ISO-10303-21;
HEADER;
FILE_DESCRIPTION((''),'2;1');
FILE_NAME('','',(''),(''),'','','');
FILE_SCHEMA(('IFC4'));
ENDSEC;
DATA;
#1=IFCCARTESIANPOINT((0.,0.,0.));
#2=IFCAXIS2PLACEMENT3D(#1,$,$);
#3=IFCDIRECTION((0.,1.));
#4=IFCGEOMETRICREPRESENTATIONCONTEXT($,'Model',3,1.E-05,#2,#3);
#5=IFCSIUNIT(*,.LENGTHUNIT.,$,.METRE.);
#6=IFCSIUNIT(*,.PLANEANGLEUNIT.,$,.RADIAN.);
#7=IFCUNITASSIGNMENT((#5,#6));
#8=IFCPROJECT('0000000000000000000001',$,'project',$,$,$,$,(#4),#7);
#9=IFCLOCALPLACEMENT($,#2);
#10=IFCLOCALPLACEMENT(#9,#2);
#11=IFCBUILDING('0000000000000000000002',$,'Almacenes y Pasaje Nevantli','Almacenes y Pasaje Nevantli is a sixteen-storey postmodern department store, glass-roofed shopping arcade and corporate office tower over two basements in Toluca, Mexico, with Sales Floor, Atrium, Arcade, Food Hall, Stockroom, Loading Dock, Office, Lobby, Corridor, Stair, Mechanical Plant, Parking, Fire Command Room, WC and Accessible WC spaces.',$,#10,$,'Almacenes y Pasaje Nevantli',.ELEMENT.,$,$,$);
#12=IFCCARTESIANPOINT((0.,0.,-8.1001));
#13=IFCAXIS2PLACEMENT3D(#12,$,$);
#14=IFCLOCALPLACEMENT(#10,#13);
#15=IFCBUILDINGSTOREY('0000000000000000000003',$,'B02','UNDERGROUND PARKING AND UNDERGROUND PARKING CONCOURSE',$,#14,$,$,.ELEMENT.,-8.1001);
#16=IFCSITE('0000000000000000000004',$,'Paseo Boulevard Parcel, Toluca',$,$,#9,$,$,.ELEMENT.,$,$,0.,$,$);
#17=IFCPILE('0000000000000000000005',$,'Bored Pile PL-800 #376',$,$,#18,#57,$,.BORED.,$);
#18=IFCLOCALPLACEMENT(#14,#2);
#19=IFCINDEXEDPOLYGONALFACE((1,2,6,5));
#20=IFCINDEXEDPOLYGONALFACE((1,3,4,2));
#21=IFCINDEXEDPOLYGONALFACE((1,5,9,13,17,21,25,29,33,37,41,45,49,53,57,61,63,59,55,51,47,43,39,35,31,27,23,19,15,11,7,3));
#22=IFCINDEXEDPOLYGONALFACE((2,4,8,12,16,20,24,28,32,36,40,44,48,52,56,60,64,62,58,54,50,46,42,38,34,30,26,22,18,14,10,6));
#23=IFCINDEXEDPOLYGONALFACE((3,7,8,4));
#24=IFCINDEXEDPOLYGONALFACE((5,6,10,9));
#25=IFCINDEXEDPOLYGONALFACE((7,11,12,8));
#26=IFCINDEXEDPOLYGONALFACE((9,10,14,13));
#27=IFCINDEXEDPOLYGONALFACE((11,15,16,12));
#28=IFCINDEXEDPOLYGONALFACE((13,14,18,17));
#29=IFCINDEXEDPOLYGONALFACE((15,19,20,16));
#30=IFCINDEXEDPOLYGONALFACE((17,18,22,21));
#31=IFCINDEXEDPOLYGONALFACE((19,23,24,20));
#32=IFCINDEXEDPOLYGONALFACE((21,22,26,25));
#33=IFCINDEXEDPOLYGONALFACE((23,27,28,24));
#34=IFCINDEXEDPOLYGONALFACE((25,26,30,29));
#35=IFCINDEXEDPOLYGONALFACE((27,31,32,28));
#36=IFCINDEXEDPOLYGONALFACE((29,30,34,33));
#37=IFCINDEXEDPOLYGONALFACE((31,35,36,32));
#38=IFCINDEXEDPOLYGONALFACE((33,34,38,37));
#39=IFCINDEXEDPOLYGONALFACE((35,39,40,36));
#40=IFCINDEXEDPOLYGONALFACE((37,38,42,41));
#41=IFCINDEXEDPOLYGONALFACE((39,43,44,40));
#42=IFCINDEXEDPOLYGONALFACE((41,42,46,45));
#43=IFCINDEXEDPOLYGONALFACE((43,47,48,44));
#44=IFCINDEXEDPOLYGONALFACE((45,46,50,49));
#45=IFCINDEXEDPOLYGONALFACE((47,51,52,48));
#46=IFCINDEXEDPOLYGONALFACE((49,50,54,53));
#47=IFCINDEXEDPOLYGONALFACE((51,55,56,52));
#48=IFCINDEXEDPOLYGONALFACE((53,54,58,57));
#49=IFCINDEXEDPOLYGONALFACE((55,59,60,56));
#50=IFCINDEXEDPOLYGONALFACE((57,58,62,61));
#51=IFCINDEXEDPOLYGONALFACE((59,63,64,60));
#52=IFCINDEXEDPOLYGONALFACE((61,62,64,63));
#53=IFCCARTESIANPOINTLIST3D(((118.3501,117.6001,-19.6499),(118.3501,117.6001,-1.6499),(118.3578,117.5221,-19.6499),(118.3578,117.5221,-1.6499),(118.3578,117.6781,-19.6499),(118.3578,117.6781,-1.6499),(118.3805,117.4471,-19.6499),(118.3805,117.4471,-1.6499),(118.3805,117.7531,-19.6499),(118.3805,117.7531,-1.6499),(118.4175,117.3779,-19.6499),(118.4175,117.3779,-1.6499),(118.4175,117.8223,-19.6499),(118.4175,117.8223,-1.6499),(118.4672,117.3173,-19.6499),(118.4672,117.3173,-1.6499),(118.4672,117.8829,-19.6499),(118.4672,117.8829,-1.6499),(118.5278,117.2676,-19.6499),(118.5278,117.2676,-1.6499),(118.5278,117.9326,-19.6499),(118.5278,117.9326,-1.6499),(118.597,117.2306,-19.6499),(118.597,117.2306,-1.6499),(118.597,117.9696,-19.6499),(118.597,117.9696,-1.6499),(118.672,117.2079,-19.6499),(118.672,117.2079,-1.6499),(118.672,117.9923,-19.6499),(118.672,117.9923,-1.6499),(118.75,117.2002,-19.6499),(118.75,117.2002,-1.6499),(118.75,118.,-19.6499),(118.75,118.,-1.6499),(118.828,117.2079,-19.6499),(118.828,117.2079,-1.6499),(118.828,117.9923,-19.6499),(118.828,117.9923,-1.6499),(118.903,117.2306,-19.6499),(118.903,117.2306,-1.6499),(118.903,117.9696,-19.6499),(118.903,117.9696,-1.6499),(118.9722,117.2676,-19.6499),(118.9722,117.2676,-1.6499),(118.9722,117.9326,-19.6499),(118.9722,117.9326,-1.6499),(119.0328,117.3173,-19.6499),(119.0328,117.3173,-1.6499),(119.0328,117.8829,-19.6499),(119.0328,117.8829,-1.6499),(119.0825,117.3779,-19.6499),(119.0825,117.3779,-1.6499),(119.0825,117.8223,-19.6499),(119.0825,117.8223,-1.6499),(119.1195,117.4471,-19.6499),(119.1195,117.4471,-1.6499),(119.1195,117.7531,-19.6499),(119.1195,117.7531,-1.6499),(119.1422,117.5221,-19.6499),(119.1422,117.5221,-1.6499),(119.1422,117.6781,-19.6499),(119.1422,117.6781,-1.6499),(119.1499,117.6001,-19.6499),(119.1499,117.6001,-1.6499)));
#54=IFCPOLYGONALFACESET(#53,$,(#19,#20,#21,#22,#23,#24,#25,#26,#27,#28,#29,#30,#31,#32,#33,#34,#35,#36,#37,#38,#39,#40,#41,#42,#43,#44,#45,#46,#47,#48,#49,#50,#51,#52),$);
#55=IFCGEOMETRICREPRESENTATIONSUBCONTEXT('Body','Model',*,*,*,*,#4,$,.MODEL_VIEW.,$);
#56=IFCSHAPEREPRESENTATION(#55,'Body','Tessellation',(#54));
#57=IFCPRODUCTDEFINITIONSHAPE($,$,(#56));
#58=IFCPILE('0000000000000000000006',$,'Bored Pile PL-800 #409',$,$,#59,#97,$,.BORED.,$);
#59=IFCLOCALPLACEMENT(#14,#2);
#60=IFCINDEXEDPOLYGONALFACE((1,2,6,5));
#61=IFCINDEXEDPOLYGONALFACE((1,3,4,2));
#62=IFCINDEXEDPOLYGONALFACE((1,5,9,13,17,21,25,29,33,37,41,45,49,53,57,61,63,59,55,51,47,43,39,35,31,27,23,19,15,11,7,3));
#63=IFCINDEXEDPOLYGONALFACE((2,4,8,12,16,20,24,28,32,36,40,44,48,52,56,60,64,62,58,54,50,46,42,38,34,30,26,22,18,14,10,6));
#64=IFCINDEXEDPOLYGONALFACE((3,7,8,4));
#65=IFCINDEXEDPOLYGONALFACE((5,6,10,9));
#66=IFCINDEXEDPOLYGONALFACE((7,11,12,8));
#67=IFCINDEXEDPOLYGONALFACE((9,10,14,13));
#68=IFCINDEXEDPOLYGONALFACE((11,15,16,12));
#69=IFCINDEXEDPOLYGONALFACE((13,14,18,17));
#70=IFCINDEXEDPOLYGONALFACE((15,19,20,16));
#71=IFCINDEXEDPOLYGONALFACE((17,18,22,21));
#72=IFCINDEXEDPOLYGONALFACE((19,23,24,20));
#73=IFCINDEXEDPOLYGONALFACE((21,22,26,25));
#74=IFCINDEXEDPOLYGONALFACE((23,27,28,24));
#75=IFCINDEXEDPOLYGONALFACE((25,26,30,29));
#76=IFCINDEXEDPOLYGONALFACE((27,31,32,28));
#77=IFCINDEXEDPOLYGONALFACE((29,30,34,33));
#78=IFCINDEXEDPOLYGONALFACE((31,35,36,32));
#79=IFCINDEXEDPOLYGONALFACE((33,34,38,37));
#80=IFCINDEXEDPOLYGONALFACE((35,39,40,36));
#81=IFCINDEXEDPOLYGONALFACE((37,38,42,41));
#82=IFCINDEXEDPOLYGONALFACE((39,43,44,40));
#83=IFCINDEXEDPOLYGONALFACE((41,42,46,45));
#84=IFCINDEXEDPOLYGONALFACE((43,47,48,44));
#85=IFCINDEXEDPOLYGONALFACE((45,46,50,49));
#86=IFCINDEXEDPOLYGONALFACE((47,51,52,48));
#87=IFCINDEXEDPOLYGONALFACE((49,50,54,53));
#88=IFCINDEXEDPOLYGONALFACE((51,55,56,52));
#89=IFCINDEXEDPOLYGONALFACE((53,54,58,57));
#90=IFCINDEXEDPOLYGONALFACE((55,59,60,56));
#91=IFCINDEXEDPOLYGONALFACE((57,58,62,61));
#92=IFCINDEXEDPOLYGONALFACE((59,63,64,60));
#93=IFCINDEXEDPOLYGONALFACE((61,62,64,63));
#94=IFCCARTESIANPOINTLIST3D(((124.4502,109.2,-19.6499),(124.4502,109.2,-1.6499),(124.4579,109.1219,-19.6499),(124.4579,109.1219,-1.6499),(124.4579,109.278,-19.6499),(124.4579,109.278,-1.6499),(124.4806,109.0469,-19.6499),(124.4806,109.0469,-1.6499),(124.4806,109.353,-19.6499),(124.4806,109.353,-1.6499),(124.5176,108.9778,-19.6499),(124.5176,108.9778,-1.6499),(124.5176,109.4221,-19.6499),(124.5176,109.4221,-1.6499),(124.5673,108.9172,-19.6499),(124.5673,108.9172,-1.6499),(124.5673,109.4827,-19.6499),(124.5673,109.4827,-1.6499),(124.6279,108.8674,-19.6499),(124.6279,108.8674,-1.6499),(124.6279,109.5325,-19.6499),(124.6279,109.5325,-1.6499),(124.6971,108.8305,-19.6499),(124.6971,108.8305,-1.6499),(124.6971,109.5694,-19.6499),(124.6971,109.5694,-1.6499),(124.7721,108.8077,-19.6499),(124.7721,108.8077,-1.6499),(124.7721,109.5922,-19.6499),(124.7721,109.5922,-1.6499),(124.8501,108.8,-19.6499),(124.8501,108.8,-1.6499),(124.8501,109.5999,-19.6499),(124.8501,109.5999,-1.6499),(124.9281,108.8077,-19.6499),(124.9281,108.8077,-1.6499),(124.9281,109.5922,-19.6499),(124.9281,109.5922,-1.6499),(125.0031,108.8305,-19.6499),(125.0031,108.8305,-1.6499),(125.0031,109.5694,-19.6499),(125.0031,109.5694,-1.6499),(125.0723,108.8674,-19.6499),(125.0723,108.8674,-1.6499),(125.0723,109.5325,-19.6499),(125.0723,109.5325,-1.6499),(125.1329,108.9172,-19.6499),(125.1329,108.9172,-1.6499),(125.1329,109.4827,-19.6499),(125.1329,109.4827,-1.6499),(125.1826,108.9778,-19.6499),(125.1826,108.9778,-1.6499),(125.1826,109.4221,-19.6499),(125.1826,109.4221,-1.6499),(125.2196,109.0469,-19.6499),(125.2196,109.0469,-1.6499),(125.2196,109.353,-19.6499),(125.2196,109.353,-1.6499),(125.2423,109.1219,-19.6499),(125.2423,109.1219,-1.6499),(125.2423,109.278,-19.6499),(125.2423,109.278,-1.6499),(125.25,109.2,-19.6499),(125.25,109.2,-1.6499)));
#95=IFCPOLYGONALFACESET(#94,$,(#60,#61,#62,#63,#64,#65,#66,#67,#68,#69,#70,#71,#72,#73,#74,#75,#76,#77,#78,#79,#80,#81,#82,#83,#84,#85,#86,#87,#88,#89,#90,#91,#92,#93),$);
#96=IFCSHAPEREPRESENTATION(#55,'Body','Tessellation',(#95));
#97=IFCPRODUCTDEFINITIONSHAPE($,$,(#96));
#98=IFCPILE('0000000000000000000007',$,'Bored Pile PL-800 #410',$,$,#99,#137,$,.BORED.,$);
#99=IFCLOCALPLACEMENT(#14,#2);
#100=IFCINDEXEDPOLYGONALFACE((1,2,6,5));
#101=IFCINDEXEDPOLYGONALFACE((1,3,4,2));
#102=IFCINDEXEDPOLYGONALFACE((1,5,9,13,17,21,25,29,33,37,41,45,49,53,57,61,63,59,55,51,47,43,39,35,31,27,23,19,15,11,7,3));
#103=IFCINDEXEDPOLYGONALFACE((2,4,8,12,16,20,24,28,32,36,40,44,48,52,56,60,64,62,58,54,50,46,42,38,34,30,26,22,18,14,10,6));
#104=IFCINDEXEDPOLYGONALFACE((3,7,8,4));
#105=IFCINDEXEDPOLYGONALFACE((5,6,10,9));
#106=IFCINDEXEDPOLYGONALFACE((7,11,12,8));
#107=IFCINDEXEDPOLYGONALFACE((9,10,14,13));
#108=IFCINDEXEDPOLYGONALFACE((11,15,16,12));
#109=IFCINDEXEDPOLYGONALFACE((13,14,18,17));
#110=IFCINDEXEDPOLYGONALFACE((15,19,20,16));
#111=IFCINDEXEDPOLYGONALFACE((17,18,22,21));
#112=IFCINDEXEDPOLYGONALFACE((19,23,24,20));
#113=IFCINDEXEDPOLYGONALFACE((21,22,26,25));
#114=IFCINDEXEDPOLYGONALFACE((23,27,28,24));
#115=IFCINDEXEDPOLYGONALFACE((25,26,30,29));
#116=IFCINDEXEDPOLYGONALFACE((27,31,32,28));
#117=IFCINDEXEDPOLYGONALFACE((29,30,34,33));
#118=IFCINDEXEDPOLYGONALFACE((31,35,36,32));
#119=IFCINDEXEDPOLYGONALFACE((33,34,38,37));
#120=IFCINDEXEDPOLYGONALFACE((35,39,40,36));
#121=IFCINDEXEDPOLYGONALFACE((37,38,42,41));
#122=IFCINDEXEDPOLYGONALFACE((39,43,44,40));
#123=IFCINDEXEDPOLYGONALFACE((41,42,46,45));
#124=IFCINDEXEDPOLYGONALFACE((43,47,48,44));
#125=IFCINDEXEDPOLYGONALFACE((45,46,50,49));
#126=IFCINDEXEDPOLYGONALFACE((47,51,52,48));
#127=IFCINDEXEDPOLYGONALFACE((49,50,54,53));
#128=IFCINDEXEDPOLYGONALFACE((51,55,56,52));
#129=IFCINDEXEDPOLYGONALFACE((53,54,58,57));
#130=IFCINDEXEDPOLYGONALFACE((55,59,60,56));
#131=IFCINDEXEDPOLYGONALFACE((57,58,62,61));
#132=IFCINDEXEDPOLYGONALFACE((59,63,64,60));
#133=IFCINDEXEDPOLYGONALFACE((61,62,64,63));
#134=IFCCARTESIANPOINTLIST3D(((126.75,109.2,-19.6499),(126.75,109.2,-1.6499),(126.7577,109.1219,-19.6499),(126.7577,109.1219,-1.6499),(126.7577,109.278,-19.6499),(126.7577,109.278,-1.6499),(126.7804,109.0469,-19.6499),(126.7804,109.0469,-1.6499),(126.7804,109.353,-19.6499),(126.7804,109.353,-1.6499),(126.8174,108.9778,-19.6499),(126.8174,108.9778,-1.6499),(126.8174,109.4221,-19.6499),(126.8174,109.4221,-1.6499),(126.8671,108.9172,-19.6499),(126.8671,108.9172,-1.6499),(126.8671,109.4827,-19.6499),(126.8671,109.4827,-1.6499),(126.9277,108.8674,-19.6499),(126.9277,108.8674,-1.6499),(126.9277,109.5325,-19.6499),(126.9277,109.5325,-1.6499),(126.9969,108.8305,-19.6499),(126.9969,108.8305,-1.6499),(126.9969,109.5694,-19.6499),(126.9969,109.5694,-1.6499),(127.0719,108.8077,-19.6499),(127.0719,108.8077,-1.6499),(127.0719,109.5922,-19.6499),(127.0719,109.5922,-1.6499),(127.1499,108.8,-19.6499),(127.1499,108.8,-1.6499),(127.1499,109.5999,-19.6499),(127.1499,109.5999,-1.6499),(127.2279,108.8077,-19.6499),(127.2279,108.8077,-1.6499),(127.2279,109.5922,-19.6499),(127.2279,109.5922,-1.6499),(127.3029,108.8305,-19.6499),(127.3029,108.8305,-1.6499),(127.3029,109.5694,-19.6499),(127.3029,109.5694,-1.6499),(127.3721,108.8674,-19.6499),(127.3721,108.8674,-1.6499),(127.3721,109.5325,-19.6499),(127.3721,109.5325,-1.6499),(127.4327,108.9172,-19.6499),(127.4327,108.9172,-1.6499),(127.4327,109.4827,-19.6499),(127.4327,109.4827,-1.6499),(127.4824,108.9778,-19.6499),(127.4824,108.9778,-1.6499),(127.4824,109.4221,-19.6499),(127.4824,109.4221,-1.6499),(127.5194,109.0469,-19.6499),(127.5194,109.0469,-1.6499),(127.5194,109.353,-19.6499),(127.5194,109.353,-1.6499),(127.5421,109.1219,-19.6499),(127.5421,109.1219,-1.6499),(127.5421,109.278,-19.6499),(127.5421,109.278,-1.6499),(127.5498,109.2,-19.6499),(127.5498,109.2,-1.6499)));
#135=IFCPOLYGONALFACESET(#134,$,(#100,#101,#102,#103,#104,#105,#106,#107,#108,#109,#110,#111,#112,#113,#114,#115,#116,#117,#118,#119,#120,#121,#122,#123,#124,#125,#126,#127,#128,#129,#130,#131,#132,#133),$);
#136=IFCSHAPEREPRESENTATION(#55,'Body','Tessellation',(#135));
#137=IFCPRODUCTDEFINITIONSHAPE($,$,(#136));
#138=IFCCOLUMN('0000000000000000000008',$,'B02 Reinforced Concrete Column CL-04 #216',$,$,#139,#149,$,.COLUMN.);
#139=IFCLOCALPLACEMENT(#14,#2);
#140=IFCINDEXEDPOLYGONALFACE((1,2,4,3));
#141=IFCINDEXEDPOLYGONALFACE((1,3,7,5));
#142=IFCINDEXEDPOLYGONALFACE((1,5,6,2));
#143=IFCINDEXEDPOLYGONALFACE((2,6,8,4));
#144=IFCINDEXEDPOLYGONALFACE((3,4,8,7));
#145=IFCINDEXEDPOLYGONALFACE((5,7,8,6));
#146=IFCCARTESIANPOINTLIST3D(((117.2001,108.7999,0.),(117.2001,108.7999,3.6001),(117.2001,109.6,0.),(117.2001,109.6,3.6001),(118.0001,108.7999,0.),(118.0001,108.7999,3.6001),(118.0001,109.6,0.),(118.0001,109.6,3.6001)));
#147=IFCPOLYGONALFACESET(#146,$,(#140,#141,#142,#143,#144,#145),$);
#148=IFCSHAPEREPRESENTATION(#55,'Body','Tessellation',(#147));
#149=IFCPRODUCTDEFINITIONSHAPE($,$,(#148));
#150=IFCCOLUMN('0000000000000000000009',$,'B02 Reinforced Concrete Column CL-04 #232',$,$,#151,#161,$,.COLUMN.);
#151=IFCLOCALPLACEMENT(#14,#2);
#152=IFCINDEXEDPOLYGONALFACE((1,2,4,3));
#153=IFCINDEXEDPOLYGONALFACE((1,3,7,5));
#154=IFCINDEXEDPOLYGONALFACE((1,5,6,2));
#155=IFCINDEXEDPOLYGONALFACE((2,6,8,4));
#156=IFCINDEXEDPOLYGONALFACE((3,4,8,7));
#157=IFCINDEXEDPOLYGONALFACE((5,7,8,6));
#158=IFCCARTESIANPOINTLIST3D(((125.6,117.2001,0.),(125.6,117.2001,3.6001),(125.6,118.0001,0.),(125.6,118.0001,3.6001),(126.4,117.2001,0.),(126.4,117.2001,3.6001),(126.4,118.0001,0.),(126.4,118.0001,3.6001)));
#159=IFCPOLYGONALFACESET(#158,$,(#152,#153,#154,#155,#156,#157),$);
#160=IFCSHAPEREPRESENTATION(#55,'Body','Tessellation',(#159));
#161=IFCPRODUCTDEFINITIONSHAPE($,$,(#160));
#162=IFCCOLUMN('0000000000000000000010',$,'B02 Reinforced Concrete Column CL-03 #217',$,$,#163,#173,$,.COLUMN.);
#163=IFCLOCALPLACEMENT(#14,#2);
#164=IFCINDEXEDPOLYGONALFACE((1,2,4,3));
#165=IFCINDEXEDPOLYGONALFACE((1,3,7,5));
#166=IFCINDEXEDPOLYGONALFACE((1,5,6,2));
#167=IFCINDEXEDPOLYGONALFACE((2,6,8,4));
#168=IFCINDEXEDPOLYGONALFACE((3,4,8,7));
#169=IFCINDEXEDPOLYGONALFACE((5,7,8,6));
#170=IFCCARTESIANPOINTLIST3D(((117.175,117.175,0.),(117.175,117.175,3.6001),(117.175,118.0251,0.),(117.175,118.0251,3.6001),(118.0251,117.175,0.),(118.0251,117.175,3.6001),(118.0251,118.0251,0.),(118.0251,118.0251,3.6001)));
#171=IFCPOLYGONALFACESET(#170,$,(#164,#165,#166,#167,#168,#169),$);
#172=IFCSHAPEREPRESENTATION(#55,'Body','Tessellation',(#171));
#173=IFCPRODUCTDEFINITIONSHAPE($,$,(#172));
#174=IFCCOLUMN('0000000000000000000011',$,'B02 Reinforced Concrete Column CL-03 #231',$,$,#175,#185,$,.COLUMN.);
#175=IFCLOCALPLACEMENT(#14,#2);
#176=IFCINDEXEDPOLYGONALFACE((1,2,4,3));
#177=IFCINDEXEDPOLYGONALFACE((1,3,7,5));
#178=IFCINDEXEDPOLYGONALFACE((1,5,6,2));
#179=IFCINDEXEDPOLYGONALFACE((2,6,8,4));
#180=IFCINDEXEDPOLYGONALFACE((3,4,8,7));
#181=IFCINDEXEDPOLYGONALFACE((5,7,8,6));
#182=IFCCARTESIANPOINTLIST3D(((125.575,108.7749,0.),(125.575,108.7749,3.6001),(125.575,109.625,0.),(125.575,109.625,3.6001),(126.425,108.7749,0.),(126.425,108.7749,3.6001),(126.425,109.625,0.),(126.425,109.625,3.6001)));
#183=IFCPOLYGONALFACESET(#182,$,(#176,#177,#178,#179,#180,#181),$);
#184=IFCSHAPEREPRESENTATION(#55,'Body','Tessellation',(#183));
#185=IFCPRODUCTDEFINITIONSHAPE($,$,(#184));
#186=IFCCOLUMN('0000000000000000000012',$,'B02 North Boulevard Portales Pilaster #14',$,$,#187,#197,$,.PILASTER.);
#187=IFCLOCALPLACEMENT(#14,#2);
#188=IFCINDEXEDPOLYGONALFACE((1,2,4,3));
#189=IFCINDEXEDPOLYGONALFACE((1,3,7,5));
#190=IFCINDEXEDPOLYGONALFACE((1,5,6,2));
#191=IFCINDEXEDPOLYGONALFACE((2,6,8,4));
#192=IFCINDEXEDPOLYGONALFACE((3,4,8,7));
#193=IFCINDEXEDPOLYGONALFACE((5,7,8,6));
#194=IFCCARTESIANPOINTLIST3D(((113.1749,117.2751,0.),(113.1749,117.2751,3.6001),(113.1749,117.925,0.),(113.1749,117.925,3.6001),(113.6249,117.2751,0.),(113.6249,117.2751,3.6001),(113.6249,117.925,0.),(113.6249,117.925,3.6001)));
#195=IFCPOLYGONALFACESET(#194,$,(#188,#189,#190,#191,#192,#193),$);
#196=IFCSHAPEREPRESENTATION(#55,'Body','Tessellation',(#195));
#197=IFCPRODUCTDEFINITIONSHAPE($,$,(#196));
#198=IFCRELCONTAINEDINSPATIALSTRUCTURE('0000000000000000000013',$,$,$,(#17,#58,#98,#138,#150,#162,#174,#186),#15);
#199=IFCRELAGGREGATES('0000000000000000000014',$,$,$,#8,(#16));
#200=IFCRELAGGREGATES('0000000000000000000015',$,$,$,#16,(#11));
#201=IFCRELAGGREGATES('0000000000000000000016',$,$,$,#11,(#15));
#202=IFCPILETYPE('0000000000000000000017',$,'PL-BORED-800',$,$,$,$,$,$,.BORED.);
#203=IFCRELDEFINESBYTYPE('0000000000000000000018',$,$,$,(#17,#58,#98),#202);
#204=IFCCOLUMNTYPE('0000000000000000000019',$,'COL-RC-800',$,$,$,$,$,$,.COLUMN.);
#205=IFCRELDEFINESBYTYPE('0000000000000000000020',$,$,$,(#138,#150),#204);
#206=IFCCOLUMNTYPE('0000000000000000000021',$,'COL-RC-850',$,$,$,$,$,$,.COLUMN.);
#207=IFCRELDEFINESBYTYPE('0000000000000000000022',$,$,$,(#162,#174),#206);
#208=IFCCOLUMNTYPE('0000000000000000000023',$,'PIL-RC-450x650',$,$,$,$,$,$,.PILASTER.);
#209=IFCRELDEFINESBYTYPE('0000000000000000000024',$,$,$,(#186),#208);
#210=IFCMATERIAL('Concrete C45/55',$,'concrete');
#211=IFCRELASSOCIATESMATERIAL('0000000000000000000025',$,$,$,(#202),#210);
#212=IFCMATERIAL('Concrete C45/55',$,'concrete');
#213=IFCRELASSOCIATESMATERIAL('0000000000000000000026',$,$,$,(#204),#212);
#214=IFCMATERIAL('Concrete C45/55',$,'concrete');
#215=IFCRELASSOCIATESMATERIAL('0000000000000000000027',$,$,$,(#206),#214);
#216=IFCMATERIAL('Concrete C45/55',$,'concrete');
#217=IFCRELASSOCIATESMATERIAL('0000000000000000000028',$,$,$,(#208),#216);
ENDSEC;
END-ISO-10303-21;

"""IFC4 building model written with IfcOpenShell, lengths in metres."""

from ifc_helpers import new_model, si_unit, direction, frame, origin, origin_2d, place, context, subcontext, project, spatial, rectangle, circle, extrude, material, material_profile, profile_set, type_object, element, save


model = new_model("IFC4")

# Units and contexts
model_context = context("Model", 3, precision=1e-05, world=origin(), true_north=direction((0.0, 1.0)))
body_context = subcontext(model_context, "Body", "Model", "MODEL_VIEW")
ifc_project = project(units=[si_unit("LENGTHUNIT", "METRE"), si_unit("PLANEANGLEUNIT", "RADIAN")], contexts=[model_context])

# Site, building, storey
site_placement = place(None, origin())
site = spatial("IfcSite", under=ifc_project, at=site_placement, Name="Paseo Boulevard Parcel, Toluca", CompositionType="ELEMENT", RefElevation=0.0)
building_placement = place(site_placement, origin())
building = spatial("IfcBuilding", under=site, at=building_placement, Name="Almacenes y Pasaje Nevantli", Description="Almacenes y Pasaje Nevantli is a sixteen-storey postmodern department store, glass-roofed shopping arcade and corporate office tower over two basements in Toluca, Mexico, with Sales Floor, Atrium, Arcade, Food Hall, Stockroom, Loading Dock, Office, Lobby, Corridor, Stair, Mechanical Plant, Parking, Fire Command Room, WC and Accessible WC spaces.", LongName="Almacenes y Pasaje Nevantli", CompositionType="ELEMENT")
storey_placement = place(building_placement, frame((0.0, 0.0, -8.1001)))
storey = spatial("IfcBuildingStorey", under=building, at=storey_placement, Name="B02", Description="UNDERGROUND PARKING AND UNDERGROUND PARKING CONCOURSE", CompositionType="ELEMENT", Elevation=-8.1001)

# Piles
ifc_material_1 = material(Name="Concrete C45/55", Category="concrete")
ifc_material_profile_1 = material_profile(ifc_material_1, circle(Radius=0.3999, at=origin_2d()), Name="RC-PILE-D800")
ifc_profile_set_1 = profile_set([ifc_material_profile_1], Name="Concrete C45/55")
pile_type_1 = type_object("IfcPileType", Name="PL-BORED-800", PredefinedType="BORED", material=ifc_profile_set_1)
for number, where, z_axis, x_axis, name in (
    (1, (118.75, 117.6001, -1.6499), (0.0, 0.0, -1.0), (1.0, 0.0, 0.0), "Bored Pile PL-800 #376"),
    (2, (124.8501, 109.2, -1.6499), (0.0, 0.0, -1.0), (1.0, 0.0, 0.0), "Bored Pile PL-800 #409"),
    (3, (127.1499, 109.2, -1.6499), (0.0, 0.0, -1.0), (1.0, 0.0, 0.0), "Bored Pile PL-800 #410"),
):
    element("IfcPile", number, at=place(storey_placement, frame(where, z_axis=z_axis, x_axis=x_axis)), inside=storey, type_object=pile_type_1, Name=name, PredefinedType="BORED", context=body_context, shape_type="SweptSolid", body=[
        extrude(circle(Radius=0.3999, at=origin_2d()), origin(), (0.0, 0.0, 1.0), 18.0),
    ])

# Columns
ifc_material_2 = material(Name="Concrete C45/55", Category="concrete")
ifc_material_profile_2 = material_profile(ifc_material_2, rectangle(XDim=0.8, YDim=0.8, at=origin_2d()), Name="RC-COL-800x800")
ifc_profile_set_2 = profile_set([ifc_material_profile_2], Name="Concrete C45/55")
column_type_1 = type_object("IfcColumnType", Name="COL-RC-800", PredefinedType="COLUMN", material=ifc_profile_set_2)
for number, where, z_axis, x_axis, name in (
    (4, (117.6001, 109.2, 0.0), (0.0, 0.0, 1.0), (1.0, 0.0, 0.0), "B02 Reinforced Concrete Column CL-04 #216"),
    (5, (126.0, 117.6001, 0.0), (0.0, 0.0, 1.0), (1.0, 0.0, 0.0), "B02 Reinforced Concrete Column CL-04 #232"),
):
    element("IfcColumn", number, at=place(storey_placement, frame(where, z_axis=z_axis, x_axis=x_axis)), inside=storey, type_object=column_type_1, Name=name, PredefinedType="COLUMN", context=body_context, shape_type="SweptSolid", body=[
        extrude(rectangle(XDim=0.8, YDim=0.8, at=origin_2d()), origin(), (0.0, 0.0, 1.0), 3.6001),
    ])
ifc_material_3 = material(Name="Concrete C45/55", Category="concrete")
ifc_material_profile_3 = material_profile(ifc_material_3, rectangle(XDim=0.8501, YDim=0.8501, at=origin_2d()), Name="RC-COL-850x850")
ifc_profile_set_3 = profile_set([ifc_material_profile_3], Name="Concrete C45/55")
column_type_2 = type_object("IfcColumnType", Name="COL-RC-850", PredefinedType="COLUMN", material=ifc_profile_set_3)
for number, where, z_axis, x_axis, name in (
    (6, (117.6001, 117.6001, 0.0), (0.0, 0.0, 1.0), (1.0, 0.0, 0.0), "B02 Reinforced Concrete Column CL-03 #217"),
    (7, (126.0, 109.2, 0.0), (0.0, 0.0, 1.0), (1.0, 0.0, 0.0), "B02 Reinforced Concrete Column CL-03 #231"),
):
    element("IfcColumn", number, at=place(storey_placement, frame(where, z_axis=z_axis, x_axis=x_axis)), inside=storey, type_object=column_type_2, Name=name, PredefinedType="COLUMN", context=body_context, shape_type="SweptSolid", body=[
        extrude(rectangle(XDim=0.8501, YDim=0.8501, at=origin_2d()), origin(), (0.0, 0.0, 1.0), 3.6001),
    ])
ifc_material_4 = material(Name="Concrete C45/55", Category="concrete")
ifc_material_profile_4 = material_profile(ifc_material_4, rectangle(XDim=0.45, YDim=0.6499, at=origin_2d()), Name="RC-PIL-450x650")
ifc_profile_set_4 = profile_set([ifc_material_profile_4], Name="Concrete C45/55")
column_type_3 = type_object("IfcColumnType", Name="PIL-RC-450x650", PredefinedType="PILASTER", material=ifc_profile_set_4)
for number, where, z_axis, x_axis, name in (
    (8, (113.3999, 117.6001, 0.0), (0.0, 0.0, 1.0), (1.0, 0.0, 0.0), "B02 North Boulevard Portales Pilaster #14"),
):
    element("IfcColumn", number, at=place(storey_placement, frame(where, z_axis=z_axis, x_axis=x_axis)), inside=storey, type_object=column_type_3, Name=name, PredefinedType="PILASTER", context=body_context, shape_type="SweptSolid", body=[
        extrude(rectangle(XDim=0.45, YDim=0.6499, at=origin_2d()), origin(), (0.0, 0.0, 1.0), 3.6001),
    ])

save(model, "model.ifc")
